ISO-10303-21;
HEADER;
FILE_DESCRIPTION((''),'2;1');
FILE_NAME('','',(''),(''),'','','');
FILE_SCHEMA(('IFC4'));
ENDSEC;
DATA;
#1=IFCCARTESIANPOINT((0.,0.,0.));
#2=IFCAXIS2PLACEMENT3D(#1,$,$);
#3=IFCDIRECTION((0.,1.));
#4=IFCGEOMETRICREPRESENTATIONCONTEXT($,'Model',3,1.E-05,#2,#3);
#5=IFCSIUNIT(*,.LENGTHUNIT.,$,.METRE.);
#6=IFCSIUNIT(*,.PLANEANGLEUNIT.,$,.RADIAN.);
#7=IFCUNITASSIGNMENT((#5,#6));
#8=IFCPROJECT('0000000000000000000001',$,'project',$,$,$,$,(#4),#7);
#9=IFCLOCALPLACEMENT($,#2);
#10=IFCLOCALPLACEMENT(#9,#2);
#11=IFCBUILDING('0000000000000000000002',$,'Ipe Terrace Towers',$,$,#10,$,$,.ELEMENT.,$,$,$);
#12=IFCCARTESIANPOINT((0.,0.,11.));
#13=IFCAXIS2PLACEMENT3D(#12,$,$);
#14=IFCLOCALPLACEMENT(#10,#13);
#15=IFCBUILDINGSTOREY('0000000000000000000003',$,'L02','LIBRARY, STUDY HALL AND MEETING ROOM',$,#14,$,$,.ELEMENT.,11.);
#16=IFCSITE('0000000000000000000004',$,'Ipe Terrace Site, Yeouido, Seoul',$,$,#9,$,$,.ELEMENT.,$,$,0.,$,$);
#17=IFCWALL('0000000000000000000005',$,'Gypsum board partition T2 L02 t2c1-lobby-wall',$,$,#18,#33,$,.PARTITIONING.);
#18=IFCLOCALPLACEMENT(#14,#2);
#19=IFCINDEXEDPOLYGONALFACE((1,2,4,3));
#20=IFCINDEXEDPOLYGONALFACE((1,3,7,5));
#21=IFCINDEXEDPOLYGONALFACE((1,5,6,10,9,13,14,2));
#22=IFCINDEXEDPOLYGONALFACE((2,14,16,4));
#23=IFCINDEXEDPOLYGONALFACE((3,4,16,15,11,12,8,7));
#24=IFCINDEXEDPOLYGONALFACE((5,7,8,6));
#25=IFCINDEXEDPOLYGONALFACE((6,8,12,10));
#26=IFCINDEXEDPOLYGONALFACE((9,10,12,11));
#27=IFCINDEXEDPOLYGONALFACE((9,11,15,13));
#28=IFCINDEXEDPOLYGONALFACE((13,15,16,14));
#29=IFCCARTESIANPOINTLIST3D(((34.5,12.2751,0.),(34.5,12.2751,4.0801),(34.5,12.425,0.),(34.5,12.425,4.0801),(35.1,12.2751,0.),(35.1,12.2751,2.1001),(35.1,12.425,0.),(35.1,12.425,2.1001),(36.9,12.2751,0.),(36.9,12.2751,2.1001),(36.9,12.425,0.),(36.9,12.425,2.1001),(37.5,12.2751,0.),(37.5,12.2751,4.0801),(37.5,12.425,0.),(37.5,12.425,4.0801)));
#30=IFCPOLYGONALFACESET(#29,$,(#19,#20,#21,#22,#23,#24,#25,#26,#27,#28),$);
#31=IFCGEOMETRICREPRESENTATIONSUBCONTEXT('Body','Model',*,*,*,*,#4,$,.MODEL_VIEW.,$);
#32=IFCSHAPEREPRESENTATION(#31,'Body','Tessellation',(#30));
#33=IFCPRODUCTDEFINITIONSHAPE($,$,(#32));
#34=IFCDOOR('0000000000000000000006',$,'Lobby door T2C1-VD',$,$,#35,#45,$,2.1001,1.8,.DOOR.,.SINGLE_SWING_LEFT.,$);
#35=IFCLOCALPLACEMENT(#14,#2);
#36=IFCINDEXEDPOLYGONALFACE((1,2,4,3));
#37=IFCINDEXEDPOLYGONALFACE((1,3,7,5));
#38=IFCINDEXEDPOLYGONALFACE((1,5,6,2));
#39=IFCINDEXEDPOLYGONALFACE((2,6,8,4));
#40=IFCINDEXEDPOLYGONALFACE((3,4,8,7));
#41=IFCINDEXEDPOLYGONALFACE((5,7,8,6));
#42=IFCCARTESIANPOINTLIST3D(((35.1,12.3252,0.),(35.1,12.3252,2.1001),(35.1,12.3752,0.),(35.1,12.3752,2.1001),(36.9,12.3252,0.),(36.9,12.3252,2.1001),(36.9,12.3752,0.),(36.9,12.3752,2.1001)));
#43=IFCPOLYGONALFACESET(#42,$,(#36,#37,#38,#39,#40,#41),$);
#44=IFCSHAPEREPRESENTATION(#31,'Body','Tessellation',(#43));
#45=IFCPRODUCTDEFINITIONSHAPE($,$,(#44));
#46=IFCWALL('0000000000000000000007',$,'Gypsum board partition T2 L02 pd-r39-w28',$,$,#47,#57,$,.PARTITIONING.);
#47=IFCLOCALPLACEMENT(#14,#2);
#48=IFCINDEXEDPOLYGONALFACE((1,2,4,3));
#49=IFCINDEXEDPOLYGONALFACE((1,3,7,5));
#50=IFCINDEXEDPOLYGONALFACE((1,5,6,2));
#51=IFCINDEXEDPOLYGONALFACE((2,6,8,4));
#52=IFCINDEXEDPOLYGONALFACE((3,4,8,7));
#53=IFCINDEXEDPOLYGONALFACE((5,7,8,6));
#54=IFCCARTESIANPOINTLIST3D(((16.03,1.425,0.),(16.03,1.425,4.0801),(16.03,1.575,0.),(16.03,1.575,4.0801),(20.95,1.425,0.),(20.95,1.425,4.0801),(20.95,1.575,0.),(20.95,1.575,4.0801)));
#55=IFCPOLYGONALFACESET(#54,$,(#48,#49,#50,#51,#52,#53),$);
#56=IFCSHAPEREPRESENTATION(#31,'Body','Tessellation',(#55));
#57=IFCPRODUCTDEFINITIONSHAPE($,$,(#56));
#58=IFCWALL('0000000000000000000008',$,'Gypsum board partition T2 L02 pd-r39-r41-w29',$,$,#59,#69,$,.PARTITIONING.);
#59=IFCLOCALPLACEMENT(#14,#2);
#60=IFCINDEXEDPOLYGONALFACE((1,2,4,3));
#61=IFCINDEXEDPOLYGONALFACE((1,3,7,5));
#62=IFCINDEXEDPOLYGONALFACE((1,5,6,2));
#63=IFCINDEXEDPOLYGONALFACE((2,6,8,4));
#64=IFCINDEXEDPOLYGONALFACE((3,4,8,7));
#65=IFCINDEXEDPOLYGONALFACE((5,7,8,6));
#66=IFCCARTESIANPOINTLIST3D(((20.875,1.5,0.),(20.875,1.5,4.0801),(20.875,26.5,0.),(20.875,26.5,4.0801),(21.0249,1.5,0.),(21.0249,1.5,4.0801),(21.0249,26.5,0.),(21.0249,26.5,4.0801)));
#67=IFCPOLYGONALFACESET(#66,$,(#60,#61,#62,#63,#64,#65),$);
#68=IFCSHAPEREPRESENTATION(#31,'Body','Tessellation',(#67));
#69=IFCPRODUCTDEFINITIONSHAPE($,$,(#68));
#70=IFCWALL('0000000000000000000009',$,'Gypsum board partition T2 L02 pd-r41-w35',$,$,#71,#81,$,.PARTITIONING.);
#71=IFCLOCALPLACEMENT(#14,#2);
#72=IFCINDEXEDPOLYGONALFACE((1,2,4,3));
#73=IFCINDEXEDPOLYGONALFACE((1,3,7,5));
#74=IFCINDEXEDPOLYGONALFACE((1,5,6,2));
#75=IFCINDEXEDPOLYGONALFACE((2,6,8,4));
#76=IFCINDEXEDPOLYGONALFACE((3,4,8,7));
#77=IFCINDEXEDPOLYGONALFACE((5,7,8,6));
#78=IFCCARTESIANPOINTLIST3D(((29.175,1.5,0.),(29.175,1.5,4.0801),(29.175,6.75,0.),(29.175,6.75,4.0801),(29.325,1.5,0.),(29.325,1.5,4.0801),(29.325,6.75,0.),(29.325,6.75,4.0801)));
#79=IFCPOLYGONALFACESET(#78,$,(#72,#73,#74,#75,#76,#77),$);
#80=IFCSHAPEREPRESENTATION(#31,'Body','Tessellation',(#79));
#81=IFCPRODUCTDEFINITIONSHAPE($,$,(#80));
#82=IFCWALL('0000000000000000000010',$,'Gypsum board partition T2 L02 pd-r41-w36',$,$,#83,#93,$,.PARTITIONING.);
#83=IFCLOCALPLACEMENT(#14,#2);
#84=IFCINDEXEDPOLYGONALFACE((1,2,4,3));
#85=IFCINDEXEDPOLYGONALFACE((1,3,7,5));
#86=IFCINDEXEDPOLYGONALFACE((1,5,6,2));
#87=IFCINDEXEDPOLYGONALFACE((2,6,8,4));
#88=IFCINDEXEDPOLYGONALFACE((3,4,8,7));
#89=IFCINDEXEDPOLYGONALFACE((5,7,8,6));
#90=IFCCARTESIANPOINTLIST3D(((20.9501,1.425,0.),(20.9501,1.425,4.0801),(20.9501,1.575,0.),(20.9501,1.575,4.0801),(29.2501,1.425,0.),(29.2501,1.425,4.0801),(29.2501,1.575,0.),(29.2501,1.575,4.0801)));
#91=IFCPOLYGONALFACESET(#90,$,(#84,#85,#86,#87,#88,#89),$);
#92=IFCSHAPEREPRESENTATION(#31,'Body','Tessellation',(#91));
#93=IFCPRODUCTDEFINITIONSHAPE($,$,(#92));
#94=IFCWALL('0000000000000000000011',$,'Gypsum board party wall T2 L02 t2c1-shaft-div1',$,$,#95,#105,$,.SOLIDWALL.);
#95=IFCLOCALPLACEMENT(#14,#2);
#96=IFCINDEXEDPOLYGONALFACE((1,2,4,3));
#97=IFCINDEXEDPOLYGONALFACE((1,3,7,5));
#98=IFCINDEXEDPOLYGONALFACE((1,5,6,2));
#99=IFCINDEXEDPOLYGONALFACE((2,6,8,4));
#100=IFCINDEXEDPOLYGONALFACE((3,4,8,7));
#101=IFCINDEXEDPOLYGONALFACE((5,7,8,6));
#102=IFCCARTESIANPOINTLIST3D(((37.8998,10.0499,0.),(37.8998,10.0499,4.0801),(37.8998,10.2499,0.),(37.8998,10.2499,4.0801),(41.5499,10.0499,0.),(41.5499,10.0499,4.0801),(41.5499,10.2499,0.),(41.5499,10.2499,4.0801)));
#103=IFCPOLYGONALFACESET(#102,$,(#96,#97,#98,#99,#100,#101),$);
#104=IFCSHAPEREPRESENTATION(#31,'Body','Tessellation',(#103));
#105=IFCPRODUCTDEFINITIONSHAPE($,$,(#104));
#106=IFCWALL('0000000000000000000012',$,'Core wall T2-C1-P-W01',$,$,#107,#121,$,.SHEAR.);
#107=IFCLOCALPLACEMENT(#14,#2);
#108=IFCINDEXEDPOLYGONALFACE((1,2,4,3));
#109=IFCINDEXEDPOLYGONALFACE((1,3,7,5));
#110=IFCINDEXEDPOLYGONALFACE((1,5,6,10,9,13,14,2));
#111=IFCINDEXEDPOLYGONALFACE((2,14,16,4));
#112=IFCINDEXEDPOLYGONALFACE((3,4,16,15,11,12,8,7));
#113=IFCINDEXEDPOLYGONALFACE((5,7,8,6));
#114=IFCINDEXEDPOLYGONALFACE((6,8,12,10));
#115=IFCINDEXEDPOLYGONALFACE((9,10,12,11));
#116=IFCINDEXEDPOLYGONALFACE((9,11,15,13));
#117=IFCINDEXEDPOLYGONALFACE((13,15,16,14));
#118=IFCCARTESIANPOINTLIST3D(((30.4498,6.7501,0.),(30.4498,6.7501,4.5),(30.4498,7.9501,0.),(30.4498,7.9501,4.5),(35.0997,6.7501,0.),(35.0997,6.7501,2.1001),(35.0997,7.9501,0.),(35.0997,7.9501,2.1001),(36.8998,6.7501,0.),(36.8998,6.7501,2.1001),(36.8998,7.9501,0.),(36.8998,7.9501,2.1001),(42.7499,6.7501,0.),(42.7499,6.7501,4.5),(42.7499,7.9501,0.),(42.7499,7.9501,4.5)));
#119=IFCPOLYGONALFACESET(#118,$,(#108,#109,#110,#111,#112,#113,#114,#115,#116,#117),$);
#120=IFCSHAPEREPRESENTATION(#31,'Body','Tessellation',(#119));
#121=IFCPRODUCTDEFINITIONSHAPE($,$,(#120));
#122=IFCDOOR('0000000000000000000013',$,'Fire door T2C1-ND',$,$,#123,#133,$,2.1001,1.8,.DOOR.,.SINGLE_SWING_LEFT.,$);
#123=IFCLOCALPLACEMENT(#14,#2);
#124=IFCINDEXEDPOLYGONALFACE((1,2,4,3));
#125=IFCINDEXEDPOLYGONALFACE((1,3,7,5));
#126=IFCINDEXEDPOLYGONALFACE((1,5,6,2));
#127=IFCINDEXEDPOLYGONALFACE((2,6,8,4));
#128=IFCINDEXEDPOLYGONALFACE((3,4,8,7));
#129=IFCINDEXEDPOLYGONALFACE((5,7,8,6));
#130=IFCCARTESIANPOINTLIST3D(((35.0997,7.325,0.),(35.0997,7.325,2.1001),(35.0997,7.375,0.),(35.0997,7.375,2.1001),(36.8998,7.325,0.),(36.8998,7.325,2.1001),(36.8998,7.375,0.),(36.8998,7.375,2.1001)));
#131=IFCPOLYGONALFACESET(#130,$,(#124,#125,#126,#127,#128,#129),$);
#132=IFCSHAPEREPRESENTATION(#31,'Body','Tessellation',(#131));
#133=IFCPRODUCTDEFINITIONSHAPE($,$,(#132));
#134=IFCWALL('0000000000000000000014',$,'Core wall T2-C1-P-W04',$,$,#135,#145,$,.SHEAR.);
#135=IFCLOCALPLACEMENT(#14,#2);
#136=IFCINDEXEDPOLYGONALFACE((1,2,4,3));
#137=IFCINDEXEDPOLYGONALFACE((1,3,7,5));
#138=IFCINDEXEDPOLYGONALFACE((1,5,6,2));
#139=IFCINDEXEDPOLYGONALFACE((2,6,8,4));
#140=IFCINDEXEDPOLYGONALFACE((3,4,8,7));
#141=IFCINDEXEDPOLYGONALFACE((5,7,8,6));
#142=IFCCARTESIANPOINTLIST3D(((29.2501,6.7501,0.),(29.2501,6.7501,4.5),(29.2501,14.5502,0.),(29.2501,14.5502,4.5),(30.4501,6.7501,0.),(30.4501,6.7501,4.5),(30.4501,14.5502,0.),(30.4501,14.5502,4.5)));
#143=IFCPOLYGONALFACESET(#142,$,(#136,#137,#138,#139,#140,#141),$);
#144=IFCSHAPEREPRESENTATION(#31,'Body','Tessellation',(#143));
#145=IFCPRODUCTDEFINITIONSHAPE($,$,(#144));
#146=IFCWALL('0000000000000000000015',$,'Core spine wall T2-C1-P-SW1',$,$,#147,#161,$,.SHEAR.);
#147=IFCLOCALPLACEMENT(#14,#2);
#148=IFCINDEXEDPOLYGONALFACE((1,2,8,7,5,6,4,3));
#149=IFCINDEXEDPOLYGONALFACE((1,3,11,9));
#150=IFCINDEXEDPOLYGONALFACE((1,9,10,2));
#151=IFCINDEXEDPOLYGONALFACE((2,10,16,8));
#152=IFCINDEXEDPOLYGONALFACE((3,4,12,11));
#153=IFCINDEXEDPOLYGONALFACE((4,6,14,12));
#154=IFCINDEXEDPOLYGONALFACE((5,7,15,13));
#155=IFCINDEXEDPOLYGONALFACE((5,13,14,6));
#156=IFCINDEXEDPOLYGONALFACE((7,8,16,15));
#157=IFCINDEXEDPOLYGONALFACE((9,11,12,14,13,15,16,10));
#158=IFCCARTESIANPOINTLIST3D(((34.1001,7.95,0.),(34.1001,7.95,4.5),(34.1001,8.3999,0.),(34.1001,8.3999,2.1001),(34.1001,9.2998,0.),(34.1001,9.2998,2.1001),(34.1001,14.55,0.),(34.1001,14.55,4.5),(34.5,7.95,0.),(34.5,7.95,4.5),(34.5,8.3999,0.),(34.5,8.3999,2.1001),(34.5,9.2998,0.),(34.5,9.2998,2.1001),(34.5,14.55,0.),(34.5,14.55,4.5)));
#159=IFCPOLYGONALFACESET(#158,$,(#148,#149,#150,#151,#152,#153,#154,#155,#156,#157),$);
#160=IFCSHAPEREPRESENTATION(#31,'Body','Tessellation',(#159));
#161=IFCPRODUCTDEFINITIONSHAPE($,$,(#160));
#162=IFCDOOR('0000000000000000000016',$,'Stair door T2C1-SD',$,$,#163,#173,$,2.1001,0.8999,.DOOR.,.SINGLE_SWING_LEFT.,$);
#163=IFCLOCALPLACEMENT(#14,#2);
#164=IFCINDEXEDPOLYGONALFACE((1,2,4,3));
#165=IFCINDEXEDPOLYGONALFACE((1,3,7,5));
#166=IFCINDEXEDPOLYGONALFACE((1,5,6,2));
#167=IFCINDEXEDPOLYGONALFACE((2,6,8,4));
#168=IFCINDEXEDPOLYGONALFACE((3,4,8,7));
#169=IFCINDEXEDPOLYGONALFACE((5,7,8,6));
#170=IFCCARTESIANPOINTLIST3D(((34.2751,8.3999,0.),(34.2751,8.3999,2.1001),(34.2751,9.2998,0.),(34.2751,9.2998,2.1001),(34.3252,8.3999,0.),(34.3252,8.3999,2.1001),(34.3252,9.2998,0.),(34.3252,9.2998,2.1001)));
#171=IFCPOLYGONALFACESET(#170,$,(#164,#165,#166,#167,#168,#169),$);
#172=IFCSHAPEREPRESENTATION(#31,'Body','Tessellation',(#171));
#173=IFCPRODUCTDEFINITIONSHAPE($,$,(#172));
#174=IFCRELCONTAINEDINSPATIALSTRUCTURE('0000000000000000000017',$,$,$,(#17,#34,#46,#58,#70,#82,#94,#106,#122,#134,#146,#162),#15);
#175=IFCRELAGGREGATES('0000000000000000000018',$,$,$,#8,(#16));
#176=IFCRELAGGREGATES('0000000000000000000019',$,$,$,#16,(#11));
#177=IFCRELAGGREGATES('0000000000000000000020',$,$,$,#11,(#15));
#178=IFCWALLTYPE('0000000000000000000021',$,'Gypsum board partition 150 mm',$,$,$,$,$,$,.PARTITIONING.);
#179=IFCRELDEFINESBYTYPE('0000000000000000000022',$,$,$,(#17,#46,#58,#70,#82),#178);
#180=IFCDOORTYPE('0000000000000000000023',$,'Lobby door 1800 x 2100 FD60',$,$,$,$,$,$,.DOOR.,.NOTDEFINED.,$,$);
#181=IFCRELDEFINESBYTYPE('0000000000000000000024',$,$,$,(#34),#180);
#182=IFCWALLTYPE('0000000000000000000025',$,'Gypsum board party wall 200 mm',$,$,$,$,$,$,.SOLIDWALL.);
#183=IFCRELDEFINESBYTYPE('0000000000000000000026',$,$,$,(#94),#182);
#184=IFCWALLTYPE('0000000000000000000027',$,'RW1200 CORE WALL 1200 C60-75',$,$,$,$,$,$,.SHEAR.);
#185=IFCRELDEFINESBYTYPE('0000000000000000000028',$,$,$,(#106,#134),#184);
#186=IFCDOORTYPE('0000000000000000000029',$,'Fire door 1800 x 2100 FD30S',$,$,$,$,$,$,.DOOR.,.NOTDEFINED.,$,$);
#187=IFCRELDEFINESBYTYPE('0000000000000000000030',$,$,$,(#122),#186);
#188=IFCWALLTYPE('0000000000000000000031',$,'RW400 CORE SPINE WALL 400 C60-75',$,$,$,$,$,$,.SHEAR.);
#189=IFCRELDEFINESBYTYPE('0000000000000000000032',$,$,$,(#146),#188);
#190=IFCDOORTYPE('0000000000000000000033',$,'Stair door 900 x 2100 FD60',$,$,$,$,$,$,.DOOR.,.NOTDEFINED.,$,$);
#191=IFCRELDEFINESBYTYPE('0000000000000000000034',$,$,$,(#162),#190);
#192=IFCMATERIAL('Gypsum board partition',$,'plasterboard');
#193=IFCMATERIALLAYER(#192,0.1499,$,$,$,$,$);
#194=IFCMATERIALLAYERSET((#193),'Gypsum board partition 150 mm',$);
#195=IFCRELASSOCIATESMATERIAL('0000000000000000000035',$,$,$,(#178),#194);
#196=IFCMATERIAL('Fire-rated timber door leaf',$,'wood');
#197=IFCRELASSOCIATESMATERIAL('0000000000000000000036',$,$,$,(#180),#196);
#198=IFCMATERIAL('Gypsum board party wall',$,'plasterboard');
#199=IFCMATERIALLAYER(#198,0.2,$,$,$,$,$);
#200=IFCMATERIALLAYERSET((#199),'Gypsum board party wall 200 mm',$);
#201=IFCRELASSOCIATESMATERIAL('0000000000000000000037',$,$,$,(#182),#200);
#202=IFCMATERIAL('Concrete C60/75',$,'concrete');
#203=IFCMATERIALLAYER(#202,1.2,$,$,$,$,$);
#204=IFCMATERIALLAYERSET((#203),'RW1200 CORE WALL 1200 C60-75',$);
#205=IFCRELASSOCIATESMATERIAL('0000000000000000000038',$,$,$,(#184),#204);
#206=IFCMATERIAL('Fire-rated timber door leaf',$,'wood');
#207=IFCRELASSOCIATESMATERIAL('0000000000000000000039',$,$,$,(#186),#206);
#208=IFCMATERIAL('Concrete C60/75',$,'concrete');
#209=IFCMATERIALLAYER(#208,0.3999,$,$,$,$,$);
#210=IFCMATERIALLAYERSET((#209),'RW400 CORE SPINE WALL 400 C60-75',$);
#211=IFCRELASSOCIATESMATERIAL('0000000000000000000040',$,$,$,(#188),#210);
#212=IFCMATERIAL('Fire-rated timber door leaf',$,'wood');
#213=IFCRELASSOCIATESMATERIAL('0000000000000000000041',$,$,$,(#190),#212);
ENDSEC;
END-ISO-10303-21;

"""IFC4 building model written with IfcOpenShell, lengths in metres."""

from ifc_helpers import new_model, si_unit, direction, frame, frame_2d, origin, place, context, subcontext, project, spatial, rectangle, extrude, material, layer, layer_set, type_object, element, fill, save


model = new_model("IFC4")

# Units and contexts
model_context = context("Model", 3, precision=1e-05, world=origin(), true_north=direction((0.0, 1.0)))
body_context = subcontext(model_context, "Body", "Model", "MODEL_VIEW")
ifc_project = project(units=[si_unit("LENGTHUNIT", "METRE"), si_unit("PLANEANGLEUNIT", "RADIAN")], contexts=[model_context])

# Site, building, storey
site_placement = place(None, origin())
site = spatial("IfcSite", under=ifc_project, at=site_placement, Name="Ipe Terrace Site, Yeouido, Seoul", CompositionType="ELEMENT", RefElevation=0.0)
building_placement = place(site_placement, origin())
building = spatial("IfcBuilding", under=site, at=building_placement, Name="Ipe Terrace Towers", CompositionType="ELEMENT")
storey_placement = place(building_placement, frame((0.0, 0.0, 11.0)))
storey = spatial("IfcBuildingStorey", under=building, at=storey_placement, Name="L02", Description="LIBRARY, STUDY HALL AND MEETING ROOM", CompositionType="ELEMENT", Elevation=11.0)

# Wall, opening, door
ifc_material_1 = material(Name="Gypsum board partition", Category="plasterboard")
ifc_layer_1 = layer(ifc_material_1, 0.1499)
ifc_layer_set_1 = layer_set([ifc_layer_1], Name="Gypsum board partition 150 mm")
wall_type_1 = type_object("IfcWallType", Name="Gypsum board partition 150 mm", PredefinedType="PARTITIONING", material=ifc_layer_set_1)
wall_1_placement = place(storey_placement, frame((37.5, 12.3501, 0.0), z_axis=(0.0, 0.0, 1.0), x_axis=(-1.0, 0.0, 0.0)))
wall_1 = element("IfcWall", 1, at=wall_1_placement, inside=storey, type_object=wall_type_1, Name="Gypsum board partition T2 L02 t2c1-lobby-wall", PredefinedType="PARTITIONING", context=body_context, shape_type="SweptSolid", body=[
    extrude(rectangle(XDim=3.0, YDim=0.1499, at=frame_2d((1.5, 0.0))), origin(), (0.0, 0.0, 1.0), 4.0801),
])
opening_1_placement = place(wall_1_placement, frame((0.6001, 0.0, 0.0)))
opening_1 = element("IfcOpeningElement", 2, at=opening_1_placement, cuts=wall_1, PredefinedType="OPENING", context=body_context, shape_type="SweptSolid", body=[
    extrude(rectangle(XDim=1.8, YDim=2.1001, at=frame_2d((0.8999, 1.05))), frame((0.0, 0.085, 0.0), z_axis=(0.0, -1.0, 0.0), x_axis=(1.0, 0.0, 0.0)), (0.0, 0.0, 1.0), 0.1699),
])
ifc_material_2 = material(Name="Fire-rated timber door leaf", Category="wood")
door_type_1 = type_object("IfcDoorType", Name="Lobby door 1800 x 2100 FD60", OperationType="NOTDEFINED", PredefinedType="DOOR", material=ifc_material_2)
door_1_placement = place(opening_1_placement, origin())
door_1 = element("IfcDoor", 3, at=door_1_placement, inside=storey, type_object=door_type_1, Name="Lobby door T2C1-VD", OperationType="SINGLE_SWING_LEFT", OverallHeight=2.1001, OverallWidth=1.8, PredefinedType="DOOR", context=body_context, shape_type="SweptSolid", body=[
    extrude(rectangle(XDim=1.8, YDim=2.1001, at=frame_2d((0.8999, 1.05))), frame((0.0, 0.0249, 0.0), z_axis=(0.0, -1.0, 0.0), x_axis=(1.0, 0.0, 0.0)), (0.0, 0.0, 1.0), 0.05),
])
fill(opening_1, door_1)

# Walls
wall_2_placement = place(storey_placement, frame((20.95, 1.5, 0.0), z_axis=(0.0, 0.0, 1.0), x_axis=(-1.0, 0.0, 0.0)))
element("IfcWall", 4, at=wall_2_placement, inside=storey, type_object=wall_type_1, Name="Gypsum board partition T2 L02 pd-r39-w28", PredefinedType="PARTITIONING", context=body_context, shape_type="SweptSolid", body=[
    extrude(rectangle(XDim=4.9199, YDim=0.1499, at=frame_2d((2.46, 0.0))), origin(), (0.0, 0.0, 1.0), 4.0801),
])
wall_3_placement = place(storey_placement, frame((20.95, 26.5, 0.0), z_axis=(0.0, 0.0, 1.0), x_axis=(0.0, -1.0, 0.0)))
element("IfcWall", 5, at=wall_3_placement, inside=storey, type_object=wall_type_1, Name="Gypsum board partition T2 L02 pd-r39-r41-w29", PredefinedType="PARTITIONING", context=body_context, shape_type="SweptSolid", body=[
    extrude(rectangle(XDim=25.0, YDim=0.1499, at=frame_2d((12.5, 0.0))), origin(), (0.0, 0.0, 1.0), 4.0801),
])
wall_4_placement = place(storey_placement, frame((29.25, 6.75, 0.0), z_axis=(0.0, 0.0, 1.0), x_axis=(0.0, -1.0, 0.0)))
element("IfcWall", 6, at=wall_4_placement, inside=storey, type_object=wall_type_1, Name="Gypsum board partition T2 L02 pd-r41-w35", PredefinedType="PARTITIONING", context=body_context, shape_type="SweptSolid", body=[
    extrude(rectangle(XDim=5.25, YDim=0.1499, at=frame_2d((2.625, 0.0))), origin(), (0.0, 0.0, 1.0), 4.0801),
])
wall_5_placement = place(storey_placement, frame((29.25, 1.5, 0.0), z_axis=(0.0, 0.0, 1.0), x_axis=(-1.0, 0.0, 0.0)))
element("IfcWall", 7, at=wall_5_placement, inside=storey, type_object=wall_type_1, Name="Gypsum board partition T2 L02 pd-r41-w36", PredefinedType="PARTITIONING", context=body_context, shape_type="SweptSolid", body=[
    extrude(rectangle(XDim=8.3, YDim=0.1499, at=frame_2d((4.1499, 0.0))), origin(), (0.0, 0.0, 1.0), 4.0801),
])
ifc_material_3 = material(Name="Gypsum board party wall", Category="plasterboard")
ifc_layer_2 = layer(ifc_material_3, 0.2)
ifc_layer_set_2 = layer_set([ifc_layer_2], Name="Gypsum board party wall 200 mm")
wall_type_2 = type_object("IfcWallType", Name="Gypsum board party wall 200 mm", PredefinedType="SOLIDWALL", material=ifc_layer_set_2)
wall_6_placement = place(storey_placement, frame((41.55, 10.1499, 0.0), z_axis=(0.0, 0.0, 1.0), x_axis=(-1.0, 0.0, 0.0)))
element("IfcWall", 8, at=wall_6_placement, inside=storey, type_object=wall_type_2, Name="Gypsum board party wall T2 L02 t2c1-shaft-div1", PredefinedType="SOLIDWALL", context=body_context, shape_type="SweptSolid", body=[
    extrude(rectangle(XDim=3.6501, YDim=0.2, at=frame_2d((1.8252, 0.0))), origin(), (0.0, 0.0, 1.0), 4.0801),
])

# Wall, opening, door
ifc_material_4 = material(Name="Concrete C60/75", Category="concrete")
ifc_layer_3 = layer(ifc_material_4, 1.2)
ifc_layer_set_3 = layer_set([ifc_layer_3], Name="RW1200 CORE WALL 1200 C60-75")
wall_type_3 = type_object("IfcWallType", Name="RW1200 CORE WALL 1200 C60-75", PredefinedType="SHEAR", material=ifc_layer_set_3)
wall_7_placement = place(storey_placement, frame((30.45, 7.3501, 0.0), z_axis=(0.0, 0.0, 1.0), x_axis=(1.0, 0.0, 0.0)))
wall_7 = element("IfcWall", 9, at=wall_7_placement, inside=storey, type_object=wall_type_3, Name="Core wall T2-C1-P-W01", PredefinedType="SHEAR", context=body_context, shape_type="SweptSolid", body=[
    extrude(rectangle(XDim=12.3, YDim=1.2, at=frame_2d((6.1499, 0.0))), origin(), (0.0, 0.0, 1.0), 4.5),
])
opening_2_placement = place(wall_7_placement, frame((4.6499, 0.0, 0.0)))
opening_2 = element("IfcOpeningElement", 10, at=opening_2_placement, cuts=wall_7, PredefinedType="OPENING", context=body_context, shape_type="SweptSolid", body=[
    extrude(rectangle(XDim=1.8, YDim=2.1001, at=frame_2d((0.8999, 1.05))), frame((0.0, 0.6099, 0.0), z_axis=(0.0, -1.0, 0.0), x_axis=(1.0, 0.0, 0.0)), (0.0, 0.0, 1.0), 1.22),
])
ifc_material_5 = material(Name="Fire-rated timber door leaf", Category="wood")
door_type_2 = type_object("IfcDoorType", Name="Fire door 1800 x 2100 FD30S", OperationType="NOTDEFINED", PredefinedType="DOOR", material=ifc_material_5)
door_2_placement = place(opening_2_placement, origin())
door_2 = element("IfcDoor", 11, at=door_2_placement, inside=storey, type_object=door_type_2, Name="Fire door T2C1-ND", OperationType="SINGLE_SWING_LEFT", OverallHeight=2.1001, OverallWidth=1.8, PredefinedType="DOOR", context=body_context, shape_type="SweptSolid", body=[
    extrude(rectangle(XDim=1.8, YDim=2.1001, at=frame_2d((0.8999, 1.05))), frame((0.0, 0.0249, 0.0), z_axis=(0.0, -1.0, 0.0), x_axis=(1.0, 0.0, 0.0)), (0.0, 0.0, 1.0), 0.05),
])
fill(opening_2, door_2)

# Wall
wall_8_placement = place(storey_placement, frame((29.8501, 14.55, 0.0), z_axis=(0.0, 0.0, 1.0), x_axis=(0.0, -1.0, 0.0)))
element("IfcWall", 12, at=wall_8_placement, inside=storey, type_object=wall_type_3, Name="Core wall T2-C1-P-W04", PredefinedType="SHEAR", context=body_context, shape_type="SweptSolid", body=[
    extrude(rectangle(XDim=7.8, YDim=1.2, at=frame_2d((3.8999, 0.0))), origin(), (0.0, 0.0, 1.0), 4.5),
])

# Wall, opening, door
ifc_material_6 = material(Name="Concrete C60/75", Category="concrete")
ifc_layer_4 = layer(ifc_material_6, 0.3999)
ifc_layer_set_4 = layer_set([ifc_layer_4], Name="RW400 CORE SPINE WALL 400 C60-75")
wall_type_4 = type_object("IfcWallType", Name="RW400 CORE SPINE WALL 400 C60-75", PredefinedType="SHEAR", material=ifc_layer_set_4)
wall_9_placement = place(storey_placement, frame((34.3, 7.95, 0.0), z_axis=(0.0, 0.0, 1.0), x_axis=(0.0, 1.0, 0.0)))
wall_9 = element("IfcWall", 13, at=wall_9_placement, inside=storey, type_object=wall_type_4, Name="Core spine wall T2-C1-P-SW1", PredefinedType="SHEAR", context=body_context, shape_type="SweptSolid", body=[
    extrude(rectangle(XDim=6.6001, YDim=0.3999, at=frame_2d((3.3, 0.0))), origin(), (0.0, 0.0, 1.0), 4.5),
])
opening_3_placement = place(wall_9_placement, frame((0.45, 0.0, 0.0)))
opening_3 = element("IfcOpeningElement", 14, at=opening_3_placement, cuts=wall_9, PredefinedType="OPENING", context=body_context, shape_type="SweptSolid", body=[
    extrude(rectangle(XDim=0.8999, YDim=2.1001, at=frame_2d((0.45, 1.05))), frame((0.0, 0.21, 0.0), z_axis=(0.0, -1.0, 0.0), x_axis=(1.0, 0.0, 0.0)), (0.0, 0.0, 1.0), 0.4199),
])
ifc_material_7 = material(Name="Fire-rated timber door leaf", Category="wood")
door_type_3 = type_object("IfcDoorType", Name="Stair door 900 x 2100 FD60", OperationType="NOTDEFINED", PredefinedType="DOOR", material=ifc_material_7)
door_3_placement = place(opening_3_placement, origin())
door_3 = element("IfcDoor", 15, at=door_3_placement, inside=storey, type_object=door_type_3, Name="Stair door T2C1-SD", OperationType="SINGLE_SWING_LEFT", OverallHeight=2.1001, OverallWidth=0.8999, PredefinedType="DOOR", context=body_context, shape_type="SweptSolid", body=[
    extrude(rectangle(XDim=0.8999, YDim=2.1001, at=frame_2d((0.45, 1.05))), frame((0.0, 0.0249, 0.0), z_axis=(0.0, -1.0, 0.0), x_axis=(1.0, 0.0, 0.0)), (0.0, 0.0, 1.0), 0.05),
])
fill(opening_3, door_3)

save(model, "model.ifc")
